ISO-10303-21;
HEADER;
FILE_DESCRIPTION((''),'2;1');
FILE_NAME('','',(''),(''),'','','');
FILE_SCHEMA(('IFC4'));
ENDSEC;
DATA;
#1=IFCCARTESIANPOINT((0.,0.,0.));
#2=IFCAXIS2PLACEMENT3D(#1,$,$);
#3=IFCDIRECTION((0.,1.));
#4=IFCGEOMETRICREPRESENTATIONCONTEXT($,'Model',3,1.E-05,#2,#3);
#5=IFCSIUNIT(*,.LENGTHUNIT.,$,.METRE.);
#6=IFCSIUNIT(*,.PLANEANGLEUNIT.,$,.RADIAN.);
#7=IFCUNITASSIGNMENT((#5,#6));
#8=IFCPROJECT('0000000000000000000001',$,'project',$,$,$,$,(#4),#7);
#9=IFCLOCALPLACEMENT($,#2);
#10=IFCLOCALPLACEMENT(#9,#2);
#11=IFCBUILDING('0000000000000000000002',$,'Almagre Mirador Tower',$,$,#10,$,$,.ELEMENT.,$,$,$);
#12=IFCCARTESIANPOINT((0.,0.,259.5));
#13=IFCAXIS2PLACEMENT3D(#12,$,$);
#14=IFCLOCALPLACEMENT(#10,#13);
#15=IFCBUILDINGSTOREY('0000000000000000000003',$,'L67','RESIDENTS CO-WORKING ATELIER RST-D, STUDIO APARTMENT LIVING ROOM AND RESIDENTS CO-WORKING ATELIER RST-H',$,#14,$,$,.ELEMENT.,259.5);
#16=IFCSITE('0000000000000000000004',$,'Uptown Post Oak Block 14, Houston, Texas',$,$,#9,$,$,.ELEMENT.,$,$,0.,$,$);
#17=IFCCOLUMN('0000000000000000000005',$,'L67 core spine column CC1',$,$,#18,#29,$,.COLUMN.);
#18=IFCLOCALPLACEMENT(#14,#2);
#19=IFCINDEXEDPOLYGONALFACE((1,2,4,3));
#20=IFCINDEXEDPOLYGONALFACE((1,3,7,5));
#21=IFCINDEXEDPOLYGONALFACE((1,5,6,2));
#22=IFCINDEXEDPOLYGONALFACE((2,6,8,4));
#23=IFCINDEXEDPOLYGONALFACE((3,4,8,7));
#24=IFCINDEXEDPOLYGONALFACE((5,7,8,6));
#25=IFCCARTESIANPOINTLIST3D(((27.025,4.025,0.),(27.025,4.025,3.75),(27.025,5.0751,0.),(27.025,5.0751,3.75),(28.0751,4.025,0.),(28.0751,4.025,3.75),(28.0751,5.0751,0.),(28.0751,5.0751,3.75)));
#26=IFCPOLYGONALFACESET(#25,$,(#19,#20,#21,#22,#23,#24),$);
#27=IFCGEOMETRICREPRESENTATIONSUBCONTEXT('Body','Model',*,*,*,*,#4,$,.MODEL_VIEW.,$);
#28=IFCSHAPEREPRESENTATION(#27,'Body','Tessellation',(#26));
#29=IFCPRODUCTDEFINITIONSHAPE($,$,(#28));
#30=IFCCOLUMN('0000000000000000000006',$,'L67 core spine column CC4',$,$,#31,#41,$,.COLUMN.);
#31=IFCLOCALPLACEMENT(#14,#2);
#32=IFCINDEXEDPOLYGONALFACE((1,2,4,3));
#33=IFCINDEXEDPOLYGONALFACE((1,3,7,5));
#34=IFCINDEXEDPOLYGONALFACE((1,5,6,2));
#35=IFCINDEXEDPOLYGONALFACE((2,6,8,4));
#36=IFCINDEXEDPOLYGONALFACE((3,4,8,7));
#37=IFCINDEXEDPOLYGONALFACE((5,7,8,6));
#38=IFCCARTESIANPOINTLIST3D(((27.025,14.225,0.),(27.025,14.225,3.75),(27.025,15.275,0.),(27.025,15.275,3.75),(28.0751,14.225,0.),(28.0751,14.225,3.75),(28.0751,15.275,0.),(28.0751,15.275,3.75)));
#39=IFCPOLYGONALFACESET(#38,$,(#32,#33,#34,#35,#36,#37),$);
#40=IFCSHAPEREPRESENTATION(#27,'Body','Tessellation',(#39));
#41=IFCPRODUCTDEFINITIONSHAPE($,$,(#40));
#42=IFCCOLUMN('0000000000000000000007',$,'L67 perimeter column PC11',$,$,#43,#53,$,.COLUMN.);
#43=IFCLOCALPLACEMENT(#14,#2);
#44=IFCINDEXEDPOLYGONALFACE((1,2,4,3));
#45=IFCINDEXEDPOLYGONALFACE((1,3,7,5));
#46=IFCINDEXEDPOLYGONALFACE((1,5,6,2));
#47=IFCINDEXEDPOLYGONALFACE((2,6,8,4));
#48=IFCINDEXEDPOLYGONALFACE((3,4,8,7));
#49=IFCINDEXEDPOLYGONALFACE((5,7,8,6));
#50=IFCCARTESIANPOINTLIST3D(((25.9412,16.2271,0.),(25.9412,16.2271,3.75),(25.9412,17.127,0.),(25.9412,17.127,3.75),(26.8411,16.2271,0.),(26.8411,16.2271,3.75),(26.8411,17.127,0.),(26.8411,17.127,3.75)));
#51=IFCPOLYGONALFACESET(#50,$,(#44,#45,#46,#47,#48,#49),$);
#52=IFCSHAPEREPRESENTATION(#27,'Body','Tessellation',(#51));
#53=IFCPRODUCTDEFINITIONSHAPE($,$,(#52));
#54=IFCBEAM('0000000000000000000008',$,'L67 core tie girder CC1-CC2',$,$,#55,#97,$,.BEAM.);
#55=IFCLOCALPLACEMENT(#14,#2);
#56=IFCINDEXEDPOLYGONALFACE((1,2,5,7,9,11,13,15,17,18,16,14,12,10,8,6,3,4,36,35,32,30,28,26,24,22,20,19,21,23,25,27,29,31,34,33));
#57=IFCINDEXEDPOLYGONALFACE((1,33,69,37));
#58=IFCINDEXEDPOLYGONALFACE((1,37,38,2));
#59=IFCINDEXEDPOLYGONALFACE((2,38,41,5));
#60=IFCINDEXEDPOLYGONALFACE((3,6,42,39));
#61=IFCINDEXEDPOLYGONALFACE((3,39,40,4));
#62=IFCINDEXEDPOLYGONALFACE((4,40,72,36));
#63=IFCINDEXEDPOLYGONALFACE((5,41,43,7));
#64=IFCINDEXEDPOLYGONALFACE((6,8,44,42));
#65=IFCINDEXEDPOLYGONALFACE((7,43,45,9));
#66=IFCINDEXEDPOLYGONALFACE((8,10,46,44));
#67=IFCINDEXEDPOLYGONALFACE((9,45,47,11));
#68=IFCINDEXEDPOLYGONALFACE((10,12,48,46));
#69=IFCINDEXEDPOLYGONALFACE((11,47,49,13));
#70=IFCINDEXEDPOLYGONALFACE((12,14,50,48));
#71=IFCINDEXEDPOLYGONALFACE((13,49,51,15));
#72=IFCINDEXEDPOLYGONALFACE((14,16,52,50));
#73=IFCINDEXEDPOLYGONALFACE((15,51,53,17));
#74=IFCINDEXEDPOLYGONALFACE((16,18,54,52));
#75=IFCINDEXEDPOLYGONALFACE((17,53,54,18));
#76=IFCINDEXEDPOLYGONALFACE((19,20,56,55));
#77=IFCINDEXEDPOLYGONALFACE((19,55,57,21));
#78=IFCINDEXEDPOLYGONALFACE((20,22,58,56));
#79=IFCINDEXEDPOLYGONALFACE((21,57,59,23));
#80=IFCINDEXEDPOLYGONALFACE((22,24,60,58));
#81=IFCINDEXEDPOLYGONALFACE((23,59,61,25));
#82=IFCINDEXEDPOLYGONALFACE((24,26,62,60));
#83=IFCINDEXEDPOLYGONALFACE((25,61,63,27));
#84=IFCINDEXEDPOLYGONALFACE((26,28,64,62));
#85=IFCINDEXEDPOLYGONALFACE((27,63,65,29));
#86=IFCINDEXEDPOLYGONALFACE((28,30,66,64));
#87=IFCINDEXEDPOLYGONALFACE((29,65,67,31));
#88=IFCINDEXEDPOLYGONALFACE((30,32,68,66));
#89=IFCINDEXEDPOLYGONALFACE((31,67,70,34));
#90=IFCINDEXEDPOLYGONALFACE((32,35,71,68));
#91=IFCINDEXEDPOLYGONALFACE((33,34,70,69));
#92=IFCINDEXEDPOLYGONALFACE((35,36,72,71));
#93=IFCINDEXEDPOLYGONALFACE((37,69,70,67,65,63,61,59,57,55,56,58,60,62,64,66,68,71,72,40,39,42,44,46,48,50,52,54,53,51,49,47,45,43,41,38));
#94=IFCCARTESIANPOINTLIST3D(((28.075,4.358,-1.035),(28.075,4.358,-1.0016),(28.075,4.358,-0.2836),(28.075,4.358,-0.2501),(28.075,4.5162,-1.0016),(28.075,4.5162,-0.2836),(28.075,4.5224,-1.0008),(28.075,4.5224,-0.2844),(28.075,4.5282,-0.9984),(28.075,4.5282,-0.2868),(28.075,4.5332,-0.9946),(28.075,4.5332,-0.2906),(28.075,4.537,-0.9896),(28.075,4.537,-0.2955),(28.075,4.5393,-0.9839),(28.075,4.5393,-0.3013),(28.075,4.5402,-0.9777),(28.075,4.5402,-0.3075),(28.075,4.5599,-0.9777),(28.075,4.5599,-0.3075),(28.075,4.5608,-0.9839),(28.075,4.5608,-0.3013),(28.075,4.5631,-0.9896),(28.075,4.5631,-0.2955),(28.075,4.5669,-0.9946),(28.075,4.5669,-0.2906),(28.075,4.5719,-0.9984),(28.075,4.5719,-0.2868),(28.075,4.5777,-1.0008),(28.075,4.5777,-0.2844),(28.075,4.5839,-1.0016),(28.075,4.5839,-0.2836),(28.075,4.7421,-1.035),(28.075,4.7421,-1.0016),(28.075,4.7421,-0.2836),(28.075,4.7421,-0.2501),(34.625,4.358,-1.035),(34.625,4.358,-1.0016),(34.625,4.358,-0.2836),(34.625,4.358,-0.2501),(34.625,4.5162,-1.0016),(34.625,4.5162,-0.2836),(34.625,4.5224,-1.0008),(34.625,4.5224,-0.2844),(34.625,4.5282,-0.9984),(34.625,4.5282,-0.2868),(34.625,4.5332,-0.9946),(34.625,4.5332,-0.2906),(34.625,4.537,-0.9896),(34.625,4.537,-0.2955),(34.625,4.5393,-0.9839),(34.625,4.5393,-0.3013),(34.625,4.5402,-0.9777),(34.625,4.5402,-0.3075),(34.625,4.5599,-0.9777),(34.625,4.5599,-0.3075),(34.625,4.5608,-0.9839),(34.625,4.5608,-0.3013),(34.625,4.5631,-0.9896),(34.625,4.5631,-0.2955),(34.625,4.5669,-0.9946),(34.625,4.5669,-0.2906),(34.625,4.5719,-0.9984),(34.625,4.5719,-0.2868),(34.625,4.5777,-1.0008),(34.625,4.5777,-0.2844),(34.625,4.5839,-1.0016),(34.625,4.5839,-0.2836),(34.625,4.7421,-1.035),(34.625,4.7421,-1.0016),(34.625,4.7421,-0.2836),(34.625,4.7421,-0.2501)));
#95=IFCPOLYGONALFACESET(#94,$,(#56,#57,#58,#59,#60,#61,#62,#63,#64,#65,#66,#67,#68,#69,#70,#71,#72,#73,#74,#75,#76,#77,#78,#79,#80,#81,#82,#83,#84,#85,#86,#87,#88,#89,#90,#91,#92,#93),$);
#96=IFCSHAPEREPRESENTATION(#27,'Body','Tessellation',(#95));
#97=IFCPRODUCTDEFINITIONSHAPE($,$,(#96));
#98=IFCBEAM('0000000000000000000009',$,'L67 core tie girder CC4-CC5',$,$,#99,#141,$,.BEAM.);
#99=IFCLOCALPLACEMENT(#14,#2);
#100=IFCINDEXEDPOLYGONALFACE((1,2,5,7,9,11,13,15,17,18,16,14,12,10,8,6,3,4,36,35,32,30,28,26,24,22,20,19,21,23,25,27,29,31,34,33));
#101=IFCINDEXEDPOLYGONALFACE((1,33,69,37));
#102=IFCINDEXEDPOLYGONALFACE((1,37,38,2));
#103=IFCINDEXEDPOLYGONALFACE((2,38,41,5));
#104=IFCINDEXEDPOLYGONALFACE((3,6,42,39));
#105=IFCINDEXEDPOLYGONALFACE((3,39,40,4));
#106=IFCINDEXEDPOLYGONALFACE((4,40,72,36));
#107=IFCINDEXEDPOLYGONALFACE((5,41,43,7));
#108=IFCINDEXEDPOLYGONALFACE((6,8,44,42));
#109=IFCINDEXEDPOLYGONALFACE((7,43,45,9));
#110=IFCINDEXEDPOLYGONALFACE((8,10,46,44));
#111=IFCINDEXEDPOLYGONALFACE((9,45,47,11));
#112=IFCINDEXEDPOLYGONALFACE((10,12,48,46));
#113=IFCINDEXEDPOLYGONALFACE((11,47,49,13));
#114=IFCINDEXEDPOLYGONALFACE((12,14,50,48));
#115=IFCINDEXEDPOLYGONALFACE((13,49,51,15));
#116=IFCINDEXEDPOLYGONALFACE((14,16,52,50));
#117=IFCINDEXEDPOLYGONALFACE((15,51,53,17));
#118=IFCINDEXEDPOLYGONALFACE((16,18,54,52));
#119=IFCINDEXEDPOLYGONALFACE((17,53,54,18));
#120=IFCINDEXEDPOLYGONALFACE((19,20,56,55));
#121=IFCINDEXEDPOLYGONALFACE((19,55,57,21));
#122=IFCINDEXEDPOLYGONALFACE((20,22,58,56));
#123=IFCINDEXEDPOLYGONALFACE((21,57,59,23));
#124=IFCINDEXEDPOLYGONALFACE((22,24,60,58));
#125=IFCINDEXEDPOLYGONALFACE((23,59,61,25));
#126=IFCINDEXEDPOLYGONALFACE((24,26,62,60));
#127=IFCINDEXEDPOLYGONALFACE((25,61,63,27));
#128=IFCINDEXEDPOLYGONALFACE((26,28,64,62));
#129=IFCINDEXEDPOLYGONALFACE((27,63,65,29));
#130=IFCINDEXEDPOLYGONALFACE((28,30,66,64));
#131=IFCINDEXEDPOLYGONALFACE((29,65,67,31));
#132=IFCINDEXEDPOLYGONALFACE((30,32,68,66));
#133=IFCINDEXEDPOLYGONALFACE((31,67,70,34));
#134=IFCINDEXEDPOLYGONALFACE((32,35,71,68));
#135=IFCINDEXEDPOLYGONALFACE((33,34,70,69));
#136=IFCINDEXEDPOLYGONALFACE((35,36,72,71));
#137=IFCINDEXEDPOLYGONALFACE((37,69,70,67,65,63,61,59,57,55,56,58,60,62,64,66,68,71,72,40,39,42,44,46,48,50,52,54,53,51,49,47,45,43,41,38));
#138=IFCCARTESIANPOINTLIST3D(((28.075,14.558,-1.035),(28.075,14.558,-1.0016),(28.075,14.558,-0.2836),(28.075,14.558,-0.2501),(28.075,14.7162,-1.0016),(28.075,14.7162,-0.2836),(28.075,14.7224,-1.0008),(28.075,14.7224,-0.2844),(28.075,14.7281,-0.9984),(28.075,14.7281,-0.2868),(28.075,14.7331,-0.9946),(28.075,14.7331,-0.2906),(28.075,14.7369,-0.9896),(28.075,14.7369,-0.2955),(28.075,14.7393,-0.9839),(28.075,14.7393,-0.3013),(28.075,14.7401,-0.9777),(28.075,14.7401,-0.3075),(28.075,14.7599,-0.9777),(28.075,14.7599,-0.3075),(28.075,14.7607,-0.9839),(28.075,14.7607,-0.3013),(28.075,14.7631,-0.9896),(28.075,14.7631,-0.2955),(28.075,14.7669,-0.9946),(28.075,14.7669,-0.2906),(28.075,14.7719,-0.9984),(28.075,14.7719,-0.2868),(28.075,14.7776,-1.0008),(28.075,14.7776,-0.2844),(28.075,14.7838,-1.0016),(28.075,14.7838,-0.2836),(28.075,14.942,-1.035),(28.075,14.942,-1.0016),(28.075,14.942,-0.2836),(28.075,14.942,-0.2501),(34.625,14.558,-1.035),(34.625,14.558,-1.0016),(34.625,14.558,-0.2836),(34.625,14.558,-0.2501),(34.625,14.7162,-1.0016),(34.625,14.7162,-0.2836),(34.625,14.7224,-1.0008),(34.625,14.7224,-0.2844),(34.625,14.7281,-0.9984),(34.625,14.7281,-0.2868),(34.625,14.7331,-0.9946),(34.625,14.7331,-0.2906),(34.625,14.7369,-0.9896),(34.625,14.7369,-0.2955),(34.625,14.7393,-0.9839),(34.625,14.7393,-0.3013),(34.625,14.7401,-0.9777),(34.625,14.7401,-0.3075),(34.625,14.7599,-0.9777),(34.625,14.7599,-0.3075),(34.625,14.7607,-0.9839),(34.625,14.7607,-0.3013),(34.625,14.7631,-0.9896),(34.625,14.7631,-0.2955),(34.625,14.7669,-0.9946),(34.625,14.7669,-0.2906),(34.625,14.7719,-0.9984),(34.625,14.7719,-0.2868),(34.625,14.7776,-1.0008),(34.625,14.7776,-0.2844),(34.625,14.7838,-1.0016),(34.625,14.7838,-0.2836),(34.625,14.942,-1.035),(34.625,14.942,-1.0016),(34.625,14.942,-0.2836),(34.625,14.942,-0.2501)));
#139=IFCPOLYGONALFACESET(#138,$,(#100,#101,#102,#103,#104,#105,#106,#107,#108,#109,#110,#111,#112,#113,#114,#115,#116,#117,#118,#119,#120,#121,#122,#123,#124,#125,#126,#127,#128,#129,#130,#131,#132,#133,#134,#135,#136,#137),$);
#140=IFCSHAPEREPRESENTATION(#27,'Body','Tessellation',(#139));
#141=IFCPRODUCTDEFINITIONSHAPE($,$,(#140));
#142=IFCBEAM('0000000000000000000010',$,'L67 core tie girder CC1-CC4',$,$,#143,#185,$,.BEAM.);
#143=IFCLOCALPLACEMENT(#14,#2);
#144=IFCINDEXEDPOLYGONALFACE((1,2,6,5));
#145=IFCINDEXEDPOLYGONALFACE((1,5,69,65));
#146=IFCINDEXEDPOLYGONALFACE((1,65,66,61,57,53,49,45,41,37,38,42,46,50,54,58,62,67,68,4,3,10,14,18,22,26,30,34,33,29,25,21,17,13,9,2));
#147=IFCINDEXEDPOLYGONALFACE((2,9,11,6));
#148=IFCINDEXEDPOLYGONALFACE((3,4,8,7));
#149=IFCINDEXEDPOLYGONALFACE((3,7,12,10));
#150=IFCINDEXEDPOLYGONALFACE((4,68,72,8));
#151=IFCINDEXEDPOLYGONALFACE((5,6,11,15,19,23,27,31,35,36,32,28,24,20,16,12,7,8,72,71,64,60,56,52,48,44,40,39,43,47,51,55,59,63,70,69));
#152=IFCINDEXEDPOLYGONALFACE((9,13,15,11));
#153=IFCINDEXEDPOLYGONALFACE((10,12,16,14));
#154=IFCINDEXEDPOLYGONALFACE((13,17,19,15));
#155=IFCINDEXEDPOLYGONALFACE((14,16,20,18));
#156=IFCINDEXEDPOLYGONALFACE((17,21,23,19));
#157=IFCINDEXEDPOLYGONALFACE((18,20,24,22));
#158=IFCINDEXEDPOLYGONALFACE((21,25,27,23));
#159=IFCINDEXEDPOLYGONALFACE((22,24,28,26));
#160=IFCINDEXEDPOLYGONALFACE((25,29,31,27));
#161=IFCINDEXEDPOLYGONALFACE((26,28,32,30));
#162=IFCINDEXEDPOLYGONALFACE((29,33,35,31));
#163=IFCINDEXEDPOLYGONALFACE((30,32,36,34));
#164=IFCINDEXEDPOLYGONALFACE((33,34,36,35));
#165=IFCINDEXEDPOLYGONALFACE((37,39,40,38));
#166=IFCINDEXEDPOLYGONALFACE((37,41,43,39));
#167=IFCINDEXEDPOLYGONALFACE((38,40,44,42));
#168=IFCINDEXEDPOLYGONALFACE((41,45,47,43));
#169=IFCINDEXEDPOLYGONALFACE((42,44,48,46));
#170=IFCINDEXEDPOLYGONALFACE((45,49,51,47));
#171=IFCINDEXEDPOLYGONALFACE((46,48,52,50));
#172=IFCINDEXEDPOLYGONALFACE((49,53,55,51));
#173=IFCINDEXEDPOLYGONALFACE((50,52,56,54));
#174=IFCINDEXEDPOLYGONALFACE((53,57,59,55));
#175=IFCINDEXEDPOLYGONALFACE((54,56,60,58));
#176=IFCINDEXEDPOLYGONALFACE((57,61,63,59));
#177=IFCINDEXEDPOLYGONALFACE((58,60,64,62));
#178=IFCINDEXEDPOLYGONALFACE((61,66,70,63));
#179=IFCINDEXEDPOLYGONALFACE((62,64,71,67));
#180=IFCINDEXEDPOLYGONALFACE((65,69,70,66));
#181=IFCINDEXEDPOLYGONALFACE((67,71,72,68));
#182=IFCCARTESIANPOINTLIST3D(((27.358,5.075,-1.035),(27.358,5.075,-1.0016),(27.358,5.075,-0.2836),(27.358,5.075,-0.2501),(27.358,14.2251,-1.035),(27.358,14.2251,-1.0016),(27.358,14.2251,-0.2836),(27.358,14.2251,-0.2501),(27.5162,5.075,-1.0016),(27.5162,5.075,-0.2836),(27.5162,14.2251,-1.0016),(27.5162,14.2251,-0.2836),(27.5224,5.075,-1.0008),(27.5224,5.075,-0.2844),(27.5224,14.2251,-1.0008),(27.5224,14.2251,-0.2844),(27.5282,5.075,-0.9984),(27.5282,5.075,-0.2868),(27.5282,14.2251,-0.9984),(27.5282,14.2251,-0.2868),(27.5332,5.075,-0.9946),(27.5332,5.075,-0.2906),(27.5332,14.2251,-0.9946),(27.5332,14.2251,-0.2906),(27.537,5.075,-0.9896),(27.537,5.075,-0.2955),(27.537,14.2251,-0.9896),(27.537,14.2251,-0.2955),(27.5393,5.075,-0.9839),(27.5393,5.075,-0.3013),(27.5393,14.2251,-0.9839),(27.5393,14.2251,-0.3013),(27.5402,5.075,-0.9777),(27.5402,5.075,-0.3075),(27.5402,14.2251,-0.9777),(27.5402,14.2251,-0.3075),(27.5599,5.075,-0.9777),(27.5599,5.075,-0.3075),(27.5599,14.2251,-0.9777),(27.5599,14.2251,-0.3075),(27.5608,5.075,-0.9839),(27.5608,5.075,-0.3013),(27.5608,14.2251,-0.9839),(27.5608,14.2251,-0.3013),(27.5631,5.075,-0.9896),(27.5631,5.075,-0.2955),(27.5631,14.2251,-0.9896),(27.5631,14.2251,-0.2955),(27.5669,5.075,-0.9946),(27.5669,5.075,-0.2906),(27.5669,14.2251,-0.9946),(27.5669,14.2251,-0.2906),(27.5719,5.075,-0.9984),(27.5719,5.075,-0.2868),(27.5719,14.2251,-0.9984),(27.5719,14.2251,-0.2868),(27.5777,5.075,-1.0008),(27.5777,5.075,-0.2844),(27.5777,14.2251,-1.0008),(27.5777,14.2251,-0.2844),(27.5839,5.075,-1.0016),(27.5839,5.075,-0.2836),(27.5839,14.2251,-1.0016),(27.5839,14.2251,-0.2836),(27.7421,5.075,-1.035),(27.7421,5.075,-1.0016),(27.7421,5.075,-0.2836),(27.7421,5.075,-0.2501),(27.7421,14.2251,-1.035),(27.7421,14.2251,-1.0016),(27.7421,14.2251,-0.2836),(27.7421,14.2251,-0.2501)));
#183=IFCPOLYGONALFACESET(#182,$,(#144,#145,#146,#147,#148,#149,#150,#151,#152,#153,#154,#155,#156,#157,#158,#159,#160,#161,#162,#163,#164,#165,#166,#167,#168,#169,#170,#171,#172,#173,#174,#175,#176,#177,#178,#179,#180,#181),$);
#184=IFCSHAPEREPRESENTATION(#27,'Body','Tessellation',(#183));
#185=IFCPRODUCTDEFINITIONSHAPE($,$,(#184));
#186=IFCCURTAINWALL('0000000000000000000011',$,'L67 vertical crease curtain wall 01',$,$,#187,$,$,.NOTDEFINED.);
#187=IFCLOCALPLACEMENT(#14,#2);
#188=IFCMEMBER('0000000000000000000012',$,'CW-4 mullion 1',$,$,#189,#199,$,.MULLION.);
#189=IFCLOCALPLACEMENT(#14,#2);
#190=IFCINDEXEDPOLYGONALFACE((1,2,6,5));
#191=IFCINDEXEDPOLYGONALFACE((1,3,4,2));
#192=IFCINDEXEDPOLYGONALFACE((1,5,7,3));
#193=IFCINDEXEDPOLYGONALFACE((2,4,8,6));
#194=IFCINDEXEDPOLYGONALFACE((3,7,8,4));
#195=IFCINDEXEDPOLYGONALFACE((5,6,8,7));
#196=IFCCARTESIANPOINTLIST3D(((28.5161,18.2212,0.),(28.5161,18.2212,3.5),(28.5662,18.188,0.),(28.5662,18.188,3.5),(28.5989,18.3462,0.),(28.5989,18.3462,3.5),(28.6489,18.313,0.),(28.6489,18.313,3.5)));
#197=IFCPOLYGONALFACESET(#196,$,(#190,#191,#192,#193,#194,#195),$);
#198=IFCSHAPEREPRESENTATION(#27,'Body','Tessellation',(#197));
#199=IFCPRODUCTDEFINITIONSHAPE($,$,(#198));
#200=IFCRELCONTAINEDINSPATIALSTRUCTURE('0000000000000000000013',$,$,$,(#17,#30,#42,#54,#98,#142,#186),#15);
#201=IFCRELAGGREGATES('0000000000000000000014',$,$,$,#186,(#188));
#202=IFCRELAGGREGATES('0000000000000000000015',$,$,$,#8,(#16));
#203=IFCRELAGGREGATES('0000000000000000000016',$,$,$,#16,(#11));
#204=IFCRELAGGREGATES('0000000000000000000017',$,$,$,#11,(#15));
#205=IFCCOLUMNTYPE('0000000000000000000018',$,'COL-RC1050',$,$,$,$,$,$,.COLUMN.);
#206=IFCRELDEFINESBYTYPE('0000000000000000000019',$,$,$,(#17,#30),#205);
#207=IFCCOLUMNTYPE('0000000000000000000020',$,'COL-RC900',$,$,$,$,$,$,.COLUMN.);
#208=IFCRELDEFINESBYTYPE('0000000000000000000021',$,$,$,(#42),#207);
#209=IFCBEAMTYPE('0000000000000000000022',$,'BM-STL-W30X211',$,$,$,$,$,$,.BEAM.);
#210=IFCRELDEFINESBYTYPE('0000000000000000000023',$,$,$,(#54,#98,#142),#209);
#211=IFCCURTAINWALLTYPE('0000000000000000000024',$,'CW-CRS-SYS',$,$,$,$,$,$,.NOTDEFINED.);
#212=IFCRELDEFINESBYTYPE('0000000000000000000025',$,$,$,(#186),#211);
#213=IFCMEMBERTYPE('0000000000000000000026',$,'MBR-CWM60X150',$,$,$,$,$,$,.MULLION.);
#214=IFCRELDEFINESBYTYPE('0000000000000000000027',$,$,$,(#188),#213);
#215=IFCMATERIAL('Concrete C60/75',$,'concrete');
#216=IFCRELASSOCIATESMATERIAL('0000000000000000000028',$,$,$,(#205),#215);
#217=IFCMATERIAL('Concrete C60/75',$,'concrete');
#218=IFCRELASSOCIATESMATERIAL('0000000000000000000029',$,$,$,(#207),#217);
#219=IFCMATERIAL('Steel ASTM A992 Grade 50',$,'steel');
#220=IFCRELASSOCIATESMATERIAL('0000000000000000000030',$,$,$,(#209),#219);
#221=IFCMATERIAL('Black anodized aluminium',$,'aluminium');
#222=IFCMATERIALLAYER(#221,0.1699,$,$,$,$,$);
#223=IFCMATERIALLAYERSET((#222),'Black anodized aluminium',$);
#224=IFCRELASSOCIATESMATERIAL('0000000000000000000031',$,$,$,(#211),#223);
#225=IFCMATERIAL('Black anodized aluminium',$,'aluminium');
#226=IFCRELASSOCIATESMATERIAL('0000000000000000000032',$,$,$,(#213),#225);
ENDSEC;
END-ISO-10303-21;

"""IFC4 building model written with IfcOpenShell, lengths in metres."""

from ifc_helpers import new_model, si_unit, direction, frame, origin, origin_2d, place, context, subcontext, project, spatial, rectangle, i_section, extrude, material, layer, layer_set, material_profile, profile_set, type_object, element, aggregate, save


model = new_model("IFC4")

# Units and contexts
model_context = context("Model", 3, precision=1e-05, world=origin(), true_north=direction((0.0, 1.0)))
body_context = subcontext(model_context, "Body", "Model", "MODEL_VIEW")
ifc_project = project(units=[si_unit("LENGTHUNIT", "METRE"), si_unit("PLANEANGLEUNIT", "RADIAN")], contexts=[model_context])

# Site, building, storey
site_placement = place(None, origin())
site = spatial("IfcSite", under=ifc_project, at=site_placement, Name="Uptown Post Oak Block 14, Houston, Texas", CompositionType="ELEMENT", RefElevation=0.0)
building_placement = place(site_placement, origin())
building = spatial("IfcBuilding", under=site, at=building_placement, Name="Almagre Mirador Tower", CompositionType="ELEMENT")
storey_placement = place(building_placement, frame((0.0, 0.0, 259.5)))
storey = spatial("IfcBuildingStorey", under=building, at=storey_placement, Name="L67", Description="RESIDENTS CO-WORKING ATELIER RST-D, STUDIO APARTMENT LIVING ROOM AND RESIDENTS CO-WORKING ATELIER RST-H", CompositionType="ELEMENT", Elevation=259.5)

# Columns
ifc_material_1 = material(Name="Concrete C60/75", Category="concrete")
ifc_material_profile_1 = material_profile(ifc_material_1, rectangle(XDim=1.05, YDim=1.05, at=origin_2d()), Name="RC1050X1050")
ifc_profile_set_1 = profile_set([ifc_material_profile_1], Name="Concrete C60/75")
column_type_1 = type_object("IfcColumnType", Name="COL-RC1050", PredefinedType="COLUMN", material=ifc_profile_set_1)
for number, where, z_axis, x_axis, name in (
    (1, (27.55, 4.55, 0.0), (0.0, 0.0, 1.0), (1.0, 0.0, 0.0), "L67 core spine column CC1"),
    (2, (27.55, 14.75, 0.0), (0.0, 0.0, 1.0), (1.0, 0.0, 0.0), "L67 core spine column CC4"),
):
    element("IfcColumn", number, at=place(storey_placement, frame(where, z_axis=z_axis, x_axis=x_axis)), inside=storey, type_object=column_type_1, Name=name, PredefinedType="COLUMN", context=body_context, shape_type="SweptSolid", body=[
        extrude(rectangle(XDim=1.05, YDim=1.05, at=origin_2d()), origin(), (0.0, 0.0, 1.0), 3.75),
    ])
ifc_material_2 = material(Name="Concrete C60/75", Category="concrete")
ifc_material_profile_2 = material_profile(ifc_material_2, rectangle(XDim=0.8999, YDim=0.8999, at=origin_2d()), Name="RC900X900")
ifc_profile_set_2 = profile_set([ifc_material_profile_2], Name="Concrete C60/75")
column_type_2 = type_object("IfcColumnType", Name="COL-RC900", PredefinedType="COLUMN", material=ifc_profile_set_2)
column_placement = place(storey_placement, frame((26.3911, 16.677, 0.0), z_axis=(0.0, 0.0, 1.0), x_axis=(1.0, 0.0, 0.0)))
element("IfcColumn", 3, at=column_placement, inside=storey, type_object=column_type_2, Name="L67 perimeter column PC11", PredefinedType="COLUMN", context=body_context, shape_type="SweptSolid", body=[
    extrude(rectangle(XDim=0.8999, YDim=0.8999, at=origin_2d()), origin(), (0.0, 0.0, 1.0), 3.75),
])

# Beams
ifc_material_3 = material(Name="Steel ASTM A992 Grade 50", Category="steel")
ifc_material_profile_3 = material_profile(ifc_material_3, i_section(OverallWidth=0.384, OverallDepth=0.7849, WebThickness=0.0198, FlangeThickness=0.0334, FilletRadius=0.0239, at=origin_2d()), Name="W30X211")
ifc_profile_set_3 = profile_set([ifc_material_profile_3], Name="Steel ASTM A992 Grade 50")
beam_type = type_object("IfcBeamType", Name="BM-STL-W30X211", PredefinedType="BEAM", material=ifc_profile_set_3)
for number, where, z_axis, x_axis, name in (
    (4, (28.075, 4.55, -0.6426), (1.0, 0.0, 0.0), (0.0, 1.0, 0.0), "L67 core tie girder CC1-CC2"),
    (5, (28.075, 14.75, -0.6426), (1.0, 0.0, 0.0), (0.0, 1.0, 0.0), "L67 core tie girder CC4-CC5"),
):
    element("IfcBeam", number, at=place(storey_placement, frame(where, z_axis=z_axis, x_axis=x_axis)), inside=storey, type_object=beam_type, Name=name, PredefinedType="BEAM", context=body_context, shape_type="SweptSolid", body=[
        extrude(i_section(OverallWidth=0.384, OverallDepth=0.7849, WebThickness=0.0198, FlangeThickness=0.0334, FilletRadius=0.0239, at=origin_2d()), origin(), (0.0, 0.0, 1.0), 6.55),
    ])
beam_placement = place(storey_placement, frame((27.55, 5.075, -0.6426), z_axis=(0.0, 1.0, 0.0), x_axis=(-1.0, 0.0, 0.0)))
element("IfcBeam", 6, at=beam_placement, inside=storey, type_object=beam_type, Name="L67 core tie girder CC1-CC4", PredefinedType="BEAM", context=body_context, shape_type="SweptSolid", body=[
    extrude(i_section(OverallWidth=0.384, OverallDepth=0.7849, WebThickness=0.0198, FlangeThickness=0.0334, FilletRadius=0.0239, at=origin_2d()), origin(), (0.0, 0.0, 1.0), 9.1501),
])

# Curtain wall, member
ifc_material_4 = material(Name="Black anodized aluminium", Category="aluminium")
ifc_layer_1 = layer(ifc_material_4, 0.1699)
ifc_layer_set_1 = layer_set([ifc_layer_1], Name="Black anodized aluminium")
curtain_wall_type_1 = type_object("IfcCurtainWallType", Name="CW-CRS-SYS", PredefinedType="NOTDEFINED", material=ifc_layer_set_1)
curtain_wall_1_placement = place(storey_placement, origin())
curtain_wall_1 = element("IfcCurtainWall", 7, at=curtain_wall_1_placement, inside=storey, type_object=curtain_wall_type_1, Name="L67 vertical crease curtain wall 01", PredefinedType="NOTDEFINED")
ifc_material_5 = material(Name="Black anodized aluminium", Category="aluminium")
ifc_material_profile_4 = material_profile(ifc_material_5, rectangle(XDim=0.0601, YDim=0.1499, at=origin_2d()), Name="CWM60X150")
ifc_profile_set_4 = profile_set([ifc_material_profile_4], Name="Black anodized aluminium")
member_type_1 = type_object("IfcMemberType", Name="MBR-CWM60X150", PredefinedType="MULLION", material=ifc_profile_set_4)
member_1_placement = place(storey_placement, frame((28.5825, 18.2671, 0.0), z_axis=(0.0, 0.0, 1.0), x_axis=(-0.833667, 0.552268, 0.0)))
member_1 = element("IfcMember", 8, at=member_1_placement, type_object=member_type_1, Name="CW-4 mullion 1", PredefinedType="MULLION", context=body_context, shape_type="SweptSolid", body=[
    extrude(rectangle(XDim=0.0601, YDim=0.1499, at=origin_2d()), origin(), (0.0, 0.0, 1.0), 3.5),
])

aggregate(curtain_wall_1, [member_1])

save(model, "model.ifc")
